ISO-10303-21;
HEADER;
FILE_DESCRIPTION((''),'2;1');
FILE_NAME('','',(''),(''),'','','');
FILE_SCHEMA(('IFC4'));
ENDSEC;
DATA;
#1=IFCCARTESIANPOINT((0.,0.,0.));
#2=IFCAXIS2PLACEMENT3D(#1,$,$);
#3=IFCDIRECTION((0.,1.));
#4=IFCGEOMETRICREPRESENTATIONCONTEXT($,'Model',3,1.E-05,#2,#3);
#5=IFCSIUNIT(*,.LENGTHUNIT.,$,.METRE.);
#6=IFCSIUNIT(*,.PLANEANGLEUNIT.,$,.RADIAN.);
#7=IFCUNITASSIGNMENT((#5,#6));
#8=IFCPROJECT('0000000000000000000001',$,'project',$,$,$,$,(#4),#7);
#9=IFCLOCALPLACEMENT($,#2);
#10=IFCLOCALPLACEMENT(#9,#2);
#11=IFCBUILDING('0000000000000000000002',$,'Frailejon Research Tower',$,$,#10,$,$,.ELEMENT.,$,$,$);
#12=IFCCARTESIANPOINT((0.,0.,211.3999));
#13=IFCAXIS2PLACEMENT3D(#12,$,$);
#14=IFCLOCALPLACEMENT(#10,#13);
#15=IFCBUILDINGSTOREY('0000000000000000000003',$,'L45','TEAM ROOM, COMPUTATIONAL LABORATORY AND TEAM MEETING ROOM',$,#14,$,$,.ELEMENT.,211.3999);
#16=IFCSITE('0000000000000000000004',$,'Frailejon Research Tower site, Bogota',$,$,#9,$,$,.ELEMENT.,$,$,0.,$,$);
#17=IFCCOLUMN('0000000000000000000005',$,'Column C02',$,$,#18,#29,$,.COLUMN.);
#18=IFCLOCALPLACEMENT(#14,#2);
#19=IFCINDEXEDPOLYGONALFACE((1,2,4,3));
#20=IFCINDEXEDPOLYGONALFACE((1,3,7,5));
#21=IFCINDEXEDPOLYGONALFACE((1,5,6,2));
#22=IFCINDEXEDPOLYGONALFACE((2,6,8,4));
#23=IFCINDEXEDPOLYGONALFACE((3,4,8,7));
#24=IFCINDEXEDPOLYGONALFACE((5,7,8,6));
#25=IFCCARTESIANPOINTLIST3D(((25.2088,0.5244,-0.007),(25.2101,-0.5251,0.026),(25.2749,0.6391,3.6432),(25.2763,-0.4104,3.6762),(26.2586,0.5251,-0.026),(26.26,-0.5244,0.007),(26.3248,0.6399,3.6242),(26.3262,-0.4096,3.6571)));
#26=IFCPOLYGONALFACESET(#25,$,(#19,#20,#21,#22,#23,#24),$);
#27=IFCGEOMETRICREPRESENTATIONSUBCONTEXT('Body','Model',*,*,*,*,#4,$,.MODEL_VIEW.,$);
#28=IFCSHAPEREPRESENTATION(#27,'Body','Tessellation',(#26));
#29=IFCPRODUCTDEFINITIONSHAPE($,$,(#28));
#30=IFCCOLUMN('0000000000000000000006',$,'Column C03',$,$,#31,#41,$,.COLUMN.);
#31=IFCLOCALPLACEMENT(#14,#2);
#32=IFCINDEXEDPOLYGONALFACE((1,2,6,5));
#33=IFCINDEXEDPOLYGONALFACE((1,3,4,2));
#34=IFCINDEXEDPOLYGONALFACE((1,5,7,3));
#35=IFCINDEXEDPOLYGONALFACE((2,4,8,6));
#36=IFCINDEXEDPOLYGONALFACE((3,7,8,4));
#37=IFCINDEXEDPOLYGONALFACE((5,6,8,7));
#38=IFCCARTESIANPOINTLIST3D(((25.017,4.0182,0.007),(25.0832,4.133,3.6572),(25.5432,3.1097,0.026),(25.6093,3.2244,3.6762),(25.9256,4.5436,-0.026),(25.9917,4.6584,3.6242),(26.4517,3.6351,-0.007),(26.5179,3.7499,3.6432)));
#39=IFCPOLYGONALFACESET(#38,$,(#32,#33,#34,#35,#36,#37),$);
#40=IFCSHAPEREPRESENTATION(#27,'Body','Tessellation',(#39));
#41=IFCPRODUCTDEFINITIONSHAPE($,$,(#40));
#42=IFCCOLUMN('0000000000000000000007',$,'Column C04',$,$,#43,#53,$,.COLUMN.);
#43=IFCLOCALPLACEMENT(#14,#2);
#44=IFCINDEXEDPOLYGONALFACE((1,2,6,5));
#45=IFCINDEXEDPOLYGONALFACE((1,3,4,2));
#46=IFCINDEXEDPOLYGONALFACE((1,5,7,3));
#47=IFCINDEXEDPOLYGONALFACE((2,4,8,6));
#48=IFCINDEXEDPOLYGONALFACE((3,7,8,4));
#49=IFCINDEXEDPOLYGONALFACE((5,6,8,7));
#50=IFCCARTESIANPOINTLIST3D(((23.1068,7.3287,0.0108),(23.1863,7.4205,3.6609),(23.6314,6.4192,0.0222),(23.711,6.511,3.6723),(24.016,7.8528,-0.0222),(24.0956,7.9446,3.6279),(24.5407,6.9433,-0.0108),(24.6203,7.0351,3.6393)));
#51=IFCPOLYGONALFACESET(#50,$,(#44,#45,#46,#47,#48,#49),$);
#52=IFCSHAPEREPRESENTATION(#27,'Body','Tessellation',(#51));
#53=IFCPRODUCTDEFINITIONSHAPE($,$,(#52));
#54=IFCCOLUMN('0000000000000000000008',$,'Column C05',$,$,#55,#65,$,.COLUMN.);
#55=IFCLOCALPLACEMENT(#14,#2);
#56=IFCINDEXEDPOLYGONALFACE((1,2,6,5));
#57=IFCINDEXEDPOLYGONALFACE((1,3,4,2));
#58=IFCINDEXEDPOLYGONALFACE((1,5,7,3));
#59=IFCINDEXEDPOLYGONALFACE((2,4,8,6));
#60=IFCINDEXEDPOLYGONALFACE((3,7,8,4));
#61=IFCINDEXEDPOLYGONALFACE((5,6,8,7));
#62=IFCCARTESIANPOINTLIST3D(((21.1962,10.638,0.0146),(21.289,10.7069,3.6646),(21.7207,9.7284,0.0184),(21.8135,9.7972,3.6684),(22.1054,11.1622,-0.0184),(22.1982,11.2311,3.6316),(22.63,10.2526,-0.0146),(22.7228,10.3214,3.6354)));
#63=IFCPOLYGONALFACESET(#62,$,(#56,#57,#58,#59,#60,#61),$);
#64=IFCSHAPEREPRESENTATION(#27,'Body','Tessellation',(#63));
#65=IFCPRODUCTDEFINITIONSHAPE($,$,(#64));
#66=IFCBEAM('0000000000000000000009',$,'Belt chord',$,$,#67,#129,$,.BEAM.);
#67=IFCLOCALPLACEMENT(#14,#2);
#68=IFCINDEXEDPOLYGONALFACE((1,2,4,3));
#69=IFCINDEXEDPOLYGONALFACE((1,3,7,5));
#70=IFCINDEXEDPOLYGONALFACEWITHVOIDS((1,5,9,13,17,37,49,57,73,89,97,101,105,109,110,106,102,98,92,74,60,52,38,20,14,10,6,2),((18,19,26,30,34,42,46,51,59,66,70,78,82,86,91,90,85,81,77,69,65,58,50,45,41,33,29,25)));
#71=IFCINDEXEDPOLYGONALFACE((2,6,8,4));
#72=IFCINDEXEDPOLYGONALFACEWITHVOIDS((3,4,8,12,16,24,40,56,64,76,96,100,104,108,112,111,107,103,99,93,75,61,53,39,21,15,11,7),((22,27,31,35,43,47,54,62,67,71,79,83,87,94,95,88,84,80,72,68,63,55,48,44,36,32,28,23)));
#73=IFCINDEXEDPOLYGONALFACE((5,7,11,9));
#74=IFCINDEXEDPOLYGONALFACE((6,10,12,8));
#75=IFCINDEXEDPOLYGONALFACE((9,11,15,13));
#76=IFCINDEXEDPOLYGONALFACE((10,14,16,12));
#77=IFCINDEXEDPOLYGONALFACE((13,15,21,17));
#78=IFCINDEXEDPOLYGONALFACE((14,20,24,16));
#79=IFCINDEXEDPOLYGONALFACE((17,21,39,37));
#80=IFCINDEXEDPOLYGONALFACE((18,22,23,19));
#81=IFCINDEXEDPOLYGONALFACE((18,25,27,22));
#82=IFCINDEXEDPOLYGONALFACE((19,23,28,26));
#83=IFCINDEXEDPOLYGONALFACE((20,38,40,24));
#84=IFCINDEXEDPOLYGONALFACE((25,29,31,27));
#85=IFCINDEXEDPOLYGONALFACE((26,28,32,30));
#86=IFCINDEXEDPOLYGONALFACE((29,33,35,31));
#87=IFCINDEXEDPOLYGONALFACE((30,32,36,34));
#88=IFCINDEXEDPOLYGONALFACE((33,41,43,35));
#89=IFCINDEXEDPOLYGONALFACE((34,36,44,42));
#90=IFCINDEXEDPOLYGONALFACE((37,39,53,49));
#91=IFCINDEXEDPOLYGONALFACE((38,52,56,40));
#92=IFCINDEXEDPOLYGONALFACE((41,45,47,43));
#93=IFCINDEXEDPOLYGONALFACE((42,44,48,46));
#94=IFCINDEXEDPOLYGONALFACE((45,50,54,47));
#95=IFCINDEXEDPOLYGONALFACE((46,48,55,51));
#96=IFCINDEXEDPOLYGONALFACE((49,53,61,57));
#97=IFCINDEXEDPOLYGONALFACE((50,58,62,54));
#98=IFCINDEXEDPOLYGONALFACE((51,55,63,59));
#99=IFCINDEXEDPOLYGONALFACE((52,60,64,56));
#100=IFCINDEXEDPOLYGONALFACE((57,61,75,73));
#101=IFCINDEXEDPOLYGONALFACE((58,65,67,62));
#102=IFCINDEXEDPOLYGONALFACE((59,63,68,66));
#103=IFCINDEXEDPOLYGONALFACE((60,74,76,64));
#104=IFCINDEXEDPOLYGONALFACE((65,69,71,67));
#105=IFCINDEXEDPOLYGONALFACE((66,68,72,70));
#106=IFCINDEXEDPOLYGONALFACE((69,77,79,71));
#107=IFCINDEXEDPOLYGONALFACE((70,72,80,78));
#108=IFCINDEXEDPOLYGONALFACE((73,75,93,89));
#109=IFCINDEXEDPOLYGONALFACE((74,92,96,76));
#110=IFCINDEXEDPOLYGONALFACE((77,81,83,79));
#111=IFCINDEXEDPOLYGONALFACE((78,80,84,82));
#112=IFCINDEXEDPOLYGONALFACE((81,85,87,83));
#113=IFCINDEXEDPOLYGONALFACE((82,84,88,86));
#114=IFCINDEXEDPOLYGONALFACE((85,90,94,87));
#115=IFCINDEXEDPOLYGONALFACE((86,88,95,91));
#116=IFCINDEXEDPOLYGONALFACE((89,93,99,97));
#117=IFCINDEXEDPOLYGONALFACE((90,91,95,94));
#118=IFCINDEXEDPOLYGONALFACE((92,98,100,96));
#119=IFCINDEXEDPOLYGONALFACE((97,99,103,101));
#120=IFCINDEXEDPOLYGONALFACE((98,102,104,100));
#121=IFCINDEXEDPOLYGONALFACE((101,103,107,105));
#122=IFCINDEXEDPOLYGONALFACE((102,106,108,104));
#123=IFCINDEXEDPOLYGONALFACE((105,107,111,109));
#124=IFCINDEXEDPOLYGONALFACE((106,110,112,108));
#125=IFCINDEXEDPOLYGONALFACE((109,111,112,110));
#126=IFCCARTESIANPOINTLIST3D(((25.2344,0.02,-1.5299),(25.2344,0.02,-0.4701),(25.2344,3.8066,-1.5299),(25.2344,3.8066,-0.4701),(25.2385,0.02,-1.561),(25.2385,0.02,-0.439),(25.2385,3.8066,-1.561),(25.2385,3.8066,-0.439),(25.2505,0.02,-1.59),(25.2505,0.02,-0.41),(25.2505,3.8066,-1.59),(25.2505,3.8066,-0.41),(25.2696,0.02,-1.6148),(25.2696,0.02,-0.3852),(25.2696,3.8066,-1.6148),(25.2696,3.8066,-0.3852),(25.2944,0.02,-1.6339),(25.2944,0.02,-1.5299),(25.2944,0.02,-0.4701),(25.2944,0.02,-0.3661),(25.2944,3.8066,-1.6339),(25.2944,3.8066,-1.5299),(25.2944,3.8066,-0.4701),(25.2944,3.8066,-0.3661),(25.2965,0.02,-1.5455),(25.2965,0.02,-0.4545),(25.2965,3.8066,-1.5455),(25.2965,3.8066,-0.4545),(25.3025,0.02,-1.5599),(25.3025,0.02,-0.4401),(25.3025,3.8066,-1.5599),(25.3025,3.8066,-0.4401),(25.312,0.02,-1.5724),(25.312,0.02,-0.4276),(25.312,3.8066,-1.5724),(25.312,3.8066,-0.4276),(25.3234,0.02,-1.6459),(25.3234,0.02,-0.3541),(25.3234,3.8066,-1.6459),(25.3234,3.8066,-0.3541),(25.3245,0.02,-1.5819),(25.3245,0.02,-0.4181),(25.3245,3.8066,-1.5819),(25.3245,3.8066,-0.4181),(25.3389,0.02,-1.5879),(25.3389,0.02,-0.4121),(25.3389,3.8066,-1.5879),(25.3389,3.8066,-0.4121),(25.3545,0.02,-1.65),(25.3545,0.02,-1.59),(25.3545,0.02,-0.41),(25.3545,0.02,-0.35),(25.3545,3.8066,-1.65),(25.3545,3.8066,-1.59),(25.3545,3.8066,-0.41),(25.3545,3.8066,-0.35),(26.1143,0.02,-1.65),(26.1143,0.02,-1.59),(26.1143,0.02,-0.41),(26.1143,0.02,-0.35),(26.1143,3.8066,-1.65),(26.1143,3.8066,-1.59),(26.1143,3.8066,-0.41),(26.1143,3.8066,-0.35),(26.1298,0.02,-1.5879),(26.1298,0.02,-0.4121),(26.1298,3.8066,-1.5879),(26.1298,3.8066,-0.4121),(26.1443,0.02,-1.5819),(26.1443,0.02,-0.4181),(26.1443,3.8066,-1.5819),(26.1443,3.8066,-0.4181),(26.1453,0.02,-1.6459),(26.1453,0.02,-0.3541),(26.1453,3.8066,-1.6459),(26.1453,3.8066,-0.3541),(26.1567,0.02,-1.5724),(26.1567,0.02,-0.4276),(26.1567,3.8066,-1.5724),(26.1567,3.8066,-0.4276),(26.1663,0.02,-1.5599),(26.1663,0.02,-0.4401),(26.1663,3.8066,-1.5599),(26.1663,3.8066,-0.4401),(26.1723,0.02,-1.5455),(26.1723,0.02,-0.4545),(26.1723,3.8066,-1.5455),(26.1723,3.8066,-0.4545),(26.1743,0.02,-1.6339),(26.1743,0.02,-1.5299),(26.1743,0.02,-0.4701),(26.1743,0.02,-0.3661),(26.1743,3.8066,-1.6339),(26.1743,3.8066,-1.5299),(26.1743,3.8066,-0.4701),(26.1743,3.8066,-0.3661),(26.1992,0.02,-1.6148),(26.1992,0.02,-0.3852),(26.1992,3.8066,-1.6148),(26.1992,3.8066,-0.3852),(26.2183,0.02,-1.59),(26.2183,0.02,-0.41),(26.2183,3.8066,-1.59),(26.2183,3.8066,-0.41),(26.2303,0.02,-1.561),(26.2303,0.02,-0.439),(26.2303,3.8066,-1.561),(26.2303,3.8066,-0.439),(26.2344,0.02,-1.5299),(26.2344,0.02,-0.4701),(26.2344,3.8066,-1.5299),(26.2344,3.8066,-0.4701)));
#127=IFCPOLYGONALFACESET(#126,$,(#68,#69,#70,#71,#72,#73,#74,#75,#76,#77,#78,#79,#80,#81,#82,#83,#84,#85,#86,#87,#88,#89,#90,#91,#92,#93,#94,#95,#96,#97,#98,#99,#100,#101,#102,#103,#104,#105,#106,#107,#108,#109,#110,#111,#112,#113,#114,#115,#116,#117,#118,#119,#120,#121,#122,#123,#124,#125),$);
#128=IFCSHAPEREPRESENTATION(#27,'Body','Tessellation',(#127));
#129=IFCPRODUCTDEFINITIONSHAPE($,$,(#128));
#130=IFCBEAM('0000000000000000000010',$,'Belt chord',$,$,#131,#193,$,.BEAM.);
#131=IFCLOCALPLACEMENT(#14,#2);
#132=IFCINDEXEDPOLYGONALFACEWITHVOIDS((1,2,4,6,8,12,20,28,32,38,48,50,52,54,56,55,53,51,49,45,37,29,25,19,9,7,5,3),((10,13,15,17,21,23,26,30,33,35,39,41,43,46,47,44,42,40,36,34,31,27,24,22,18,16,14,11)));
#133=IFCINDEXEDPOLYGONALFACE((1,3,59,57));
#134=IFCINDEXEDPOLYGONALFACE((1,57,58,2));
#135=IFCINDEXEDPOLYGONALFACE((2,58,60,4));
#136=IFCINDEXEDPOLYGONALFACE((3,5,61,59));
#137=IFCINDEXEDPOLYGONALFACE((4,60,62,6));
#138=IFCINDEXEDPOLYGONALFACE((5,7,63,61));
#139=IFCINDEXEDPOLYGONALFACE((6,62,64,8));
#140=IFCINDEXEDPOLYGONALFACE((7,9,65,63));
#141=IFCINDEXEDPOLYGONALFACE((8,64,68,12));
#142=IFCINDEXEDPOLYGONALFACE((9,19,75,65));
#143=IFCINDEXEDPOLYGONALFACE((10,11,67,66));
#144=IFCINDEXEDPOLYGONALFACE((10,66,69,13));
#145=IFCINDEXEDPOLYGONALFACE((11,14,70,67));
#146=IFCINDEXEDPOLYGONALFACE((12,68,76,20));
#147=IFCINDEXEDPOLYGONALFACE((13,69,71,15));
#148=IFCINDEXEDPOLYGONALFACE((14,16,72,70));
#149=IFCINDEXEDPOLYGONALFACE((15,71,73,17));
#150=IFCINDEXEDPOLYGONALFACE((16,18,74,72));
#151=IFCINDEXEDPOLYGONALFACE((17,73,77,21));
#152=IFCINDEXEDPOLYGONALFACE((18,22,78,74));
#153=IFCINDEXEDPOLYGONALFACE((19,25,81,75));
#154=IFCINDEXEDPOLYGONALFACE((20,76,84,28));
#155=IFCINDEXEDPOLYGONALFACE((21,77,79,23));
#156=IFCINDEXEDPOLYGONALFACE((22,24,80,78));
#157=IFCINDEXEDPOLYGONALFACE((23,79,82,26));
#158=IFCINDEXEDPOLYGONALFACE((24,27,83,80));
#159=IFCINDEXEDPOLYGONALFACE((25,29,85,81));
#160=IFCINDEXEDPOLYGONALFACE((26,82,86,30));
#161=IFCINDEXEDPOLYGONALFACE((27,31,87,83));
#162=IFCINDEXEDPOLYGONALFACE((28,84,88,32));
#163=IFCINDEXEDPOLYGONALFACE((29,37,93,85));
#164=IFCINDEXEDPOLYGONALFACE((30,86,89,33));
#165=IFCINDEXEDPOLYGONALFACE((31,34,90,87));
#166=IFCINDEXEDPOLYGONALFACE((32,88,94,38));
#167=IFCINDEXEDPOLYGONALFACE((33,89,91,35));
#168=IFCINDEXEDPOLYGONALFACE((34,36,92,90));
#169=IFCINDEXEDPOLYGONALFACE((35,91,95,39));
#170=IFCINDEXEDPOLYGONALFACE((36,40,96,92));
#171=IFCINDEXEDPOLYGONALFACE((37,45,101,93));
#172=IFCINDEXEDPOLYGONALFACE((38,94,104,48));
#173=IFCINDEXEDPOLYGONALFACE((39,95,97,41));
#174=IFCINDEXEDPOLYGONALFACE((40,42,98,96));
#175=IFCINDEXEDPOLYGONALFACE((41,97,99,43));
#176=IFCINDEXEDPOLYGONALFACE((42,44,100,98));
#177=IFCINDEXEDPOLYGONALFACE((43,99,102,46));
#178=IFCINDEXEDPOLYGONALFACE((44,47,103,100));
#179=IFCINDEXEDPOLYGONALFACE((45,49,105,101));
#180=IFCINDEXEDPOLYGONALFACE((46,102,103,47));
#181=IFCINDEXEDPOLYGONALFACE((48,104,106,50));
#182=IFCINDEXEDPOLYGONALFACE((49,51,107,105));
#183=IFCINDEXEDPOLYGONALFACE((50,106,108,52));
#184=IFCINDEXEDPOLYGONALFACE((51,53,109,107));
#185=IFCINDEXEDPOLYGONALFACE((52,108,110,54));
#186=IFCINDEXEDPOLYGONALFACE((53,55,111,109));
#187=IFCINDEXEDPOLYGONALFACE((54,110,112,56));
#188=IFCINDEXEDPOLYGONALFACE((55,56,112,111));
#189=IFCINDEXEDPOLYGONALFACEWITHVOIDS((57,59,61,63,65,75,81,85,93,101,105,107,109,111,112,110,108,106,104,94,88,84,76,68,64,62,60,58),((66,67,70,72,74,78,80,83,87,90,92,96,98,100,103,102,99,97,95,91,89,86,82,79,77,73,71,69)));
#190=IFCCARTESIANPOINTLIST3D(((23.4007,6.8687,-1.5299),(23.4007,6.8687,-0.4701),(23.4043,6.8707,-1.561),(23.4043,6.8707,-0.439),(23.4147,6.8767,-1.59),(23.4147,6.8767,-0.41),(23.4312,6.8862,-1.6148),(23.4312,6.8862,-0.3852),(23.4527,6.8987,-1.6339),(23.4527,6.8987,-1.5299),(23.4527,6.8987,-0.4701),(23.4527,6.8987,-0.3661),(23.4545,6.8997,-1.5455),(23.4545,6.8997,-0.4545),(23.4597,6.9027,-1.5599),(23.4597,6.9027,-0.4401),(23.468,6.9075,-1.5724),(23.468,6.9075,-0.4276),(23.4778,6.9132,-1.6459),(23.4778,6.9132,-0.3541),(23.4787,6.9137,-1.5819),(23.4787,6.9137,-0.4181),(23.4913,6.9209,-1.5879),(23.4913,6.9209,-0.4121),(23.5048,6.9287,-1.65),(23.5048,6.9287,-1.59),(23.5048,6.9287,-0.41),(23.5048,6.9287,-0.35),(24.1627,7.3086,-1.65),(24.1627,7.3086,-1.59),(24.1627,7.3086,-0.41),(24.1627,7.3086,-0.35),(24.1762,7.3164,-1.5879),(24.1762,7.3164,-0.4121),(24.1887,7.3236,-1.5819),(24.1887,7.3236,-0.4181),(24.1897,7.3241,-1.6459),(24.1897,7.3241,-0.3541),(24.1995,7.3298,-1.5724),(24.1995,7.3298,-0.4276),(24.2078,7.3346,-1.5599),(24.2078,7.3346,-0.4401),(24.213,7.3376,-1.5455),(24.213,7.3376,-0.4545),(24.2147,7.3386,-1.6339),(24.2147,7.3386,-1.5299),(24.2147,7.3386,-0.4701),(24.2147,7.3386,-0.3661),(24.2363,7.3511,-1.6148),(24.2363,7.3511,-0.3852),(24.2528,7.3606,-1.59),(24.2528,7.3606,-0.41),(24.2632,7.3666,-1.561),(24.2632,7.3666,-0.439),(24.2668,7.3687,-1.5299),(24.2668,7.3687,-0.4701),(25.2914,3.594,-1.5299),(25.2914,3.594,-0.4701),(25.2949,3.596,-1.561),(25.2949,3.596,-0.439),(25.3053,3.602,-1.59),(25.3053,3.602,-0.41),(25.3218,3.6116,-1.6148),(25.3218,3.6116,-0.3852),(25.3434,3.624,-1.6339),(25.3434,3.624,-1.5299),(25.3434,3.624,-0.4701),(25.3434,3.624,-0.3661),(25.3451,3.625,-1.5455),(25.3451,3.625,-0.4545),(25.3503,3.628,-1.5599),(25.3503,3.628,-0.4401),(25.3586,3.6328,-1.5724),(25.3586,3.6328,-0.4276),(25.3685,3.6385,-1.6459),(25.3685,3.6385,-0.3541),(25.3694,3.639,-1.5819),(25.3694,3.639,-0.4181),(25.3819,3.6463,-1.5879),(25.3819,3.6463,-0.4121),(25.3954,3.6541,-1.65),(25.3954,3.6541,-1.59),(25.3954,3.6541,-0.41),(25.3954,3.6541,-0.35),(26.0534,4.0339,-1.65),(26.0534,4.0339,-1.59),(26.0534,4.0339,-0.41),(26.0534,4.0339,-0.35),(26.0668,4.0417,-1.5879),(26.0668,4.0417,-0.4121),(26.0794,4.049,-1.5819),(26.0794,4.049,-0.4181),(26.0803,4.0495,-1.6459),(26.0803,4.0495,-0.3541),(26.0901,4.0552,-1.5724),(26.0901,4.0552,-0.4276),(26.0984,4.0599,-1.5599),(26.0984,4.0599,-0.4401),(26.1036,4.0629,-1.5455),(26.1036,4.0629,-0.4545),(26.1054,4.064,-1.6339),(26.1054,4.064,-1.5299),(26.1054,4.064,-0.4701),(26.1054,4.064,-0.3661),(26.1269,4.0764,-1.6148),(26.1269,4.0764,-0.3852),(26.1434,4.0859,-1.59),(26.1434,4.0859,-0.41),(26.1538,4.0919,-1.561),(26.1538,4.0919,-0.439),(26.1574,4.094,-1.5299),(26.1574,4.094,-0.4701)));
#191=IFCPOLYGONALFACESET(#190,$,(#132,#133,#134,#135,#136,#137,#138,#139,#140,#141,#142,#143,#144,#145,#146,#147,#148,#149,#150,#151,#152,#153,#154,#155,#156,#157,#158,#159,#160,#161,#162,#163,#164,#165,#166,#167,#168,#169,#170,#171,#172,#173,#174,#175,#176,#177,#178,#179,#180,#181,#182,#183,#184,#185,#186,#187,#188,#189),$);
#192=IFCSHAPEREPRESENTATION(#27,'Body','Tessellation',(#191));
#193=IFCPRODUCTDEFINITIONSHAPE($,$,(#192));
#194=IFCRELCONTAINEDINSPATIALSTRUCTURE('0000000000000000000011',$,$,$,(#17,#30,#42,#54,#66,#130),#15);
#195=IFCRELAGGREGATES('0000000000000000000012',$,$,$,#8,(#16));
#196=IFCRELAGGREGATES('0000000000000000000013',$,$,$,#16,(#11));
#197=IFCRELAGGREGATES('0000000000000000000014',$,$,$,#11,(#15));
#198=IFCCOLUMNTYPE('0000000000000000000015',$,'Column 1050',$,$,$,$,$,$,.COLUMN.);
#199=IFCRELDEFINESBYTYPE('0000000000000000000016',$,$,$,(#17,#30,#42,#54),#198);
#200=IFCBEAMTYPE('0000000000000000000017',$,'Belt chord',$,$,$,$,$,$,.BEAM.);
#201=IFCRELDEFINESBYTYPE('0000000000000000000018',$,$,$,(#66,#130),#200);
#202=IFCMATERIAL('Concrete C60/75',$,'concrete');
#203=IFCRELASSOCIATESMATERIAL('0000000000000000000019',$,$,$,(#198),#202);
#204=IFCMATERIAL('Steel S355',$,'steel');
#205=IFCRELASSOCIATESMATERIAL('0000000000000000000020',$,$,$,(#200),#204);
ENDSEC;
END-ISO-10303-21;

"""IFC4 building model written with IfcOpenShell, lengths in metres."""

from ifc_helpers import new_model, si_unit, direction, frame, origin, origin_2d, place, context, subcontext, project, spatial, rectangle, hollow_rectangle, extrude, material, material_profile, profile_set, type_object, element, save


model = new_model("IFC4")

# Units and contexts
model_context = context("Model", 3, precision=1e-05, world=origin(), true_north=direction((0.0, 1.0)))
body_context = subcontext(model_context, "Body", "Model", "MODEL_VIEW")
ifc_project = project(units=[si_unit("LENGTHUNIT", "METRE"), si_unit("PLANEANGLEUNIT", "RADIAN")], contexts=[model_context])

# Site, building, storey
site_placement = place(None, origin())
site = spatial("IfcSite", under=ifc_project, at=site_placement, Name="Frailejon Research Tower site, Bogota", CompositionType="ELEMENT", RefElevation=0.0)
building_placement = place(site_placement, origin())
building = spatial("IfcBuilding", under=site, at=building_placement, Name="Frailejon Research Tower", CompositionType="ELEMENT")
storey_placement = place(building_placement, frame((0.0, 0.0, 211.3999)))
storey = spatial("IfcBuildingStorey", under=building, at=storey_placement, Name="L45", Description="TEAM ROOM, COMPUTATIONAL LABORATORY AND TEAM MEETING ROOM", CompositionType="ELEMENT", Elevation=211.3999)

# Columns
ifc_material_1 = material(Name="Concrete C60/75", Category="concrete")
ifc_material_profile_1 = material_profile(ifc_material_1, rectangle(XDim=1.05, YDim=1.05, at=origin_2d()), Name="Column 1050")
ifc_profile_set_1 = profile_set([ifc_material_profile_1], Name="Concrete C60/75")
column_type = type_object("IfcColumnType", Name="Column 1050", PredefinedType="COLUMN", material=ifc_profile_set_1)
for number, where, z_axis, x_axis, name in (
    (1, (25.7344, 0.0, 0.0), (0.018114, 0.031415, 0.999342), (-0.001297, 0.999506, -0.031397), "Column C02"),
    (2, (25.7344, 3.8267, 0.0), (0.018114, 0.031415, 0.999342), (-0.501041, 0.865234, -0.018118), "Column C03"),
):
    element("IfcColumn", number, at=place(storey_placement, frame(where, z_axis=z_axis, x_axis=x_axis)), inside=storey, type_object=column_type, Name=name, PredefinedType="COLUMN", context=body_context, shape_type="SweptSolid", body=[
        extrude(rectangle(XDim=1.05, YDim=1.05, at=origin_2d()), origin(), (0.0, 0.0, 1.0), 3.6526),
    ])
column_1_placement = place(storey_placement, frame((23.8237, 7.136, 0.0), z_axis=(0.021792, 0.025135, 0.999447), x_axis=(-0.499665, 0.86615, -0.010888)))
element("IfcColumn", 3, at=column_1_placement, inside=storey, type_object=column_type, Name="Column C04", PredefinedType="COLUMN", context=body_context, shape_type="SweptSolid", body=[
    extrude(rectangle(XDim=1.05, YDim=1.05, at=origin_2d()), origin(), (0.0, 0.0, 1.0), 3.6521),
])
column_2_placement = place(storey_placement, frame((21.9131, 10.4453, 0.0), z_axis=(0.025404, 0.018852, 0.9995), x_axis=(-0.499535, 0.866286, -0.003643)))
element("IfcColumn", 4, at=column_2_placement, inside=storey, type_object=column_type, Name="Column C05", PredefinedType="COLUMN", context=body_context, shape_type="SweptSolid", body=[
    extrude(rectangle(XDim=1.05, YDim=1.05, at=origin_2d()), origin(), (0.0, 0.0, 1.0), 3.6519),
])

# Beams
ifc_material_2 = material(Name="Steel S355", Category="steel")
ifc_material_profile_2 = material_profile(ifc_material_2, hollow_rectangle(XDim=1.0, YDim=1.3, WallThickness=0.0601, InnerFilletRadius=0.0601, OuterFilletRadius=0.1201, at=origin_2d()), Name="Belt chord")
ifc_profile_set_2 = profile_set([ifc_material_profile_2], Name="Steel S355")
beam_type_1 = type_object("IfcBeamType", Name="Belt chord", PredefinedType="BEAM", material=ifc_profile_set_2)
beam_1_placement = place(storey_placement, frame((25.7344, 0.02, -1.0), z_axis=(0.0, 1.0, 0.0), x_axis=(-1.0, 0.0, 0.0)))
element("IfcBeam", 5, at=beam_1_placement, inside=storey, type_object=beam_type_1, Name="Belt chord", PredefinedType="BEAM", context=body_context, shape_type="SweptSolid", body=[
    extrude(hollow_rectangle(XDim=1.0, YDim=1.3, WallThickness=0.0601, InnerFilletRadius=0.0601, OuterFilletRadius=0.1201, at=origin_2d()), origin(), (0.0, 0.0, 1.0), 3.7866),
])
for number, where, z_axis, x_axis, name in (
    (6, (25.7244, 3.844, -1.0), (-0.5, 0.866025, 0.0), (-0.866025, -0.5, 0.0), "Belt chord"),
):
    element("IfcBeam", number, at=place(storey_placement, frame(where, z_axis=z_axis, x_axis=x_axis)), inside=storey, type_object=beam_type_1, Name=name, PredefinedType="BEAM", context=body_context, shape_type="SweptSolid", body=[
        extrude(hollow_rectangle(XDim=1.0, YDim=1.3, WallThickness=0.0601, InnerFilletRadius=0.0601, OuterFilletRadius=0.1201, at=origin_2d()), origin(), (0.0, 0.0, 1.0), 3.7812),
    ])

save(model, "model.ifc")
